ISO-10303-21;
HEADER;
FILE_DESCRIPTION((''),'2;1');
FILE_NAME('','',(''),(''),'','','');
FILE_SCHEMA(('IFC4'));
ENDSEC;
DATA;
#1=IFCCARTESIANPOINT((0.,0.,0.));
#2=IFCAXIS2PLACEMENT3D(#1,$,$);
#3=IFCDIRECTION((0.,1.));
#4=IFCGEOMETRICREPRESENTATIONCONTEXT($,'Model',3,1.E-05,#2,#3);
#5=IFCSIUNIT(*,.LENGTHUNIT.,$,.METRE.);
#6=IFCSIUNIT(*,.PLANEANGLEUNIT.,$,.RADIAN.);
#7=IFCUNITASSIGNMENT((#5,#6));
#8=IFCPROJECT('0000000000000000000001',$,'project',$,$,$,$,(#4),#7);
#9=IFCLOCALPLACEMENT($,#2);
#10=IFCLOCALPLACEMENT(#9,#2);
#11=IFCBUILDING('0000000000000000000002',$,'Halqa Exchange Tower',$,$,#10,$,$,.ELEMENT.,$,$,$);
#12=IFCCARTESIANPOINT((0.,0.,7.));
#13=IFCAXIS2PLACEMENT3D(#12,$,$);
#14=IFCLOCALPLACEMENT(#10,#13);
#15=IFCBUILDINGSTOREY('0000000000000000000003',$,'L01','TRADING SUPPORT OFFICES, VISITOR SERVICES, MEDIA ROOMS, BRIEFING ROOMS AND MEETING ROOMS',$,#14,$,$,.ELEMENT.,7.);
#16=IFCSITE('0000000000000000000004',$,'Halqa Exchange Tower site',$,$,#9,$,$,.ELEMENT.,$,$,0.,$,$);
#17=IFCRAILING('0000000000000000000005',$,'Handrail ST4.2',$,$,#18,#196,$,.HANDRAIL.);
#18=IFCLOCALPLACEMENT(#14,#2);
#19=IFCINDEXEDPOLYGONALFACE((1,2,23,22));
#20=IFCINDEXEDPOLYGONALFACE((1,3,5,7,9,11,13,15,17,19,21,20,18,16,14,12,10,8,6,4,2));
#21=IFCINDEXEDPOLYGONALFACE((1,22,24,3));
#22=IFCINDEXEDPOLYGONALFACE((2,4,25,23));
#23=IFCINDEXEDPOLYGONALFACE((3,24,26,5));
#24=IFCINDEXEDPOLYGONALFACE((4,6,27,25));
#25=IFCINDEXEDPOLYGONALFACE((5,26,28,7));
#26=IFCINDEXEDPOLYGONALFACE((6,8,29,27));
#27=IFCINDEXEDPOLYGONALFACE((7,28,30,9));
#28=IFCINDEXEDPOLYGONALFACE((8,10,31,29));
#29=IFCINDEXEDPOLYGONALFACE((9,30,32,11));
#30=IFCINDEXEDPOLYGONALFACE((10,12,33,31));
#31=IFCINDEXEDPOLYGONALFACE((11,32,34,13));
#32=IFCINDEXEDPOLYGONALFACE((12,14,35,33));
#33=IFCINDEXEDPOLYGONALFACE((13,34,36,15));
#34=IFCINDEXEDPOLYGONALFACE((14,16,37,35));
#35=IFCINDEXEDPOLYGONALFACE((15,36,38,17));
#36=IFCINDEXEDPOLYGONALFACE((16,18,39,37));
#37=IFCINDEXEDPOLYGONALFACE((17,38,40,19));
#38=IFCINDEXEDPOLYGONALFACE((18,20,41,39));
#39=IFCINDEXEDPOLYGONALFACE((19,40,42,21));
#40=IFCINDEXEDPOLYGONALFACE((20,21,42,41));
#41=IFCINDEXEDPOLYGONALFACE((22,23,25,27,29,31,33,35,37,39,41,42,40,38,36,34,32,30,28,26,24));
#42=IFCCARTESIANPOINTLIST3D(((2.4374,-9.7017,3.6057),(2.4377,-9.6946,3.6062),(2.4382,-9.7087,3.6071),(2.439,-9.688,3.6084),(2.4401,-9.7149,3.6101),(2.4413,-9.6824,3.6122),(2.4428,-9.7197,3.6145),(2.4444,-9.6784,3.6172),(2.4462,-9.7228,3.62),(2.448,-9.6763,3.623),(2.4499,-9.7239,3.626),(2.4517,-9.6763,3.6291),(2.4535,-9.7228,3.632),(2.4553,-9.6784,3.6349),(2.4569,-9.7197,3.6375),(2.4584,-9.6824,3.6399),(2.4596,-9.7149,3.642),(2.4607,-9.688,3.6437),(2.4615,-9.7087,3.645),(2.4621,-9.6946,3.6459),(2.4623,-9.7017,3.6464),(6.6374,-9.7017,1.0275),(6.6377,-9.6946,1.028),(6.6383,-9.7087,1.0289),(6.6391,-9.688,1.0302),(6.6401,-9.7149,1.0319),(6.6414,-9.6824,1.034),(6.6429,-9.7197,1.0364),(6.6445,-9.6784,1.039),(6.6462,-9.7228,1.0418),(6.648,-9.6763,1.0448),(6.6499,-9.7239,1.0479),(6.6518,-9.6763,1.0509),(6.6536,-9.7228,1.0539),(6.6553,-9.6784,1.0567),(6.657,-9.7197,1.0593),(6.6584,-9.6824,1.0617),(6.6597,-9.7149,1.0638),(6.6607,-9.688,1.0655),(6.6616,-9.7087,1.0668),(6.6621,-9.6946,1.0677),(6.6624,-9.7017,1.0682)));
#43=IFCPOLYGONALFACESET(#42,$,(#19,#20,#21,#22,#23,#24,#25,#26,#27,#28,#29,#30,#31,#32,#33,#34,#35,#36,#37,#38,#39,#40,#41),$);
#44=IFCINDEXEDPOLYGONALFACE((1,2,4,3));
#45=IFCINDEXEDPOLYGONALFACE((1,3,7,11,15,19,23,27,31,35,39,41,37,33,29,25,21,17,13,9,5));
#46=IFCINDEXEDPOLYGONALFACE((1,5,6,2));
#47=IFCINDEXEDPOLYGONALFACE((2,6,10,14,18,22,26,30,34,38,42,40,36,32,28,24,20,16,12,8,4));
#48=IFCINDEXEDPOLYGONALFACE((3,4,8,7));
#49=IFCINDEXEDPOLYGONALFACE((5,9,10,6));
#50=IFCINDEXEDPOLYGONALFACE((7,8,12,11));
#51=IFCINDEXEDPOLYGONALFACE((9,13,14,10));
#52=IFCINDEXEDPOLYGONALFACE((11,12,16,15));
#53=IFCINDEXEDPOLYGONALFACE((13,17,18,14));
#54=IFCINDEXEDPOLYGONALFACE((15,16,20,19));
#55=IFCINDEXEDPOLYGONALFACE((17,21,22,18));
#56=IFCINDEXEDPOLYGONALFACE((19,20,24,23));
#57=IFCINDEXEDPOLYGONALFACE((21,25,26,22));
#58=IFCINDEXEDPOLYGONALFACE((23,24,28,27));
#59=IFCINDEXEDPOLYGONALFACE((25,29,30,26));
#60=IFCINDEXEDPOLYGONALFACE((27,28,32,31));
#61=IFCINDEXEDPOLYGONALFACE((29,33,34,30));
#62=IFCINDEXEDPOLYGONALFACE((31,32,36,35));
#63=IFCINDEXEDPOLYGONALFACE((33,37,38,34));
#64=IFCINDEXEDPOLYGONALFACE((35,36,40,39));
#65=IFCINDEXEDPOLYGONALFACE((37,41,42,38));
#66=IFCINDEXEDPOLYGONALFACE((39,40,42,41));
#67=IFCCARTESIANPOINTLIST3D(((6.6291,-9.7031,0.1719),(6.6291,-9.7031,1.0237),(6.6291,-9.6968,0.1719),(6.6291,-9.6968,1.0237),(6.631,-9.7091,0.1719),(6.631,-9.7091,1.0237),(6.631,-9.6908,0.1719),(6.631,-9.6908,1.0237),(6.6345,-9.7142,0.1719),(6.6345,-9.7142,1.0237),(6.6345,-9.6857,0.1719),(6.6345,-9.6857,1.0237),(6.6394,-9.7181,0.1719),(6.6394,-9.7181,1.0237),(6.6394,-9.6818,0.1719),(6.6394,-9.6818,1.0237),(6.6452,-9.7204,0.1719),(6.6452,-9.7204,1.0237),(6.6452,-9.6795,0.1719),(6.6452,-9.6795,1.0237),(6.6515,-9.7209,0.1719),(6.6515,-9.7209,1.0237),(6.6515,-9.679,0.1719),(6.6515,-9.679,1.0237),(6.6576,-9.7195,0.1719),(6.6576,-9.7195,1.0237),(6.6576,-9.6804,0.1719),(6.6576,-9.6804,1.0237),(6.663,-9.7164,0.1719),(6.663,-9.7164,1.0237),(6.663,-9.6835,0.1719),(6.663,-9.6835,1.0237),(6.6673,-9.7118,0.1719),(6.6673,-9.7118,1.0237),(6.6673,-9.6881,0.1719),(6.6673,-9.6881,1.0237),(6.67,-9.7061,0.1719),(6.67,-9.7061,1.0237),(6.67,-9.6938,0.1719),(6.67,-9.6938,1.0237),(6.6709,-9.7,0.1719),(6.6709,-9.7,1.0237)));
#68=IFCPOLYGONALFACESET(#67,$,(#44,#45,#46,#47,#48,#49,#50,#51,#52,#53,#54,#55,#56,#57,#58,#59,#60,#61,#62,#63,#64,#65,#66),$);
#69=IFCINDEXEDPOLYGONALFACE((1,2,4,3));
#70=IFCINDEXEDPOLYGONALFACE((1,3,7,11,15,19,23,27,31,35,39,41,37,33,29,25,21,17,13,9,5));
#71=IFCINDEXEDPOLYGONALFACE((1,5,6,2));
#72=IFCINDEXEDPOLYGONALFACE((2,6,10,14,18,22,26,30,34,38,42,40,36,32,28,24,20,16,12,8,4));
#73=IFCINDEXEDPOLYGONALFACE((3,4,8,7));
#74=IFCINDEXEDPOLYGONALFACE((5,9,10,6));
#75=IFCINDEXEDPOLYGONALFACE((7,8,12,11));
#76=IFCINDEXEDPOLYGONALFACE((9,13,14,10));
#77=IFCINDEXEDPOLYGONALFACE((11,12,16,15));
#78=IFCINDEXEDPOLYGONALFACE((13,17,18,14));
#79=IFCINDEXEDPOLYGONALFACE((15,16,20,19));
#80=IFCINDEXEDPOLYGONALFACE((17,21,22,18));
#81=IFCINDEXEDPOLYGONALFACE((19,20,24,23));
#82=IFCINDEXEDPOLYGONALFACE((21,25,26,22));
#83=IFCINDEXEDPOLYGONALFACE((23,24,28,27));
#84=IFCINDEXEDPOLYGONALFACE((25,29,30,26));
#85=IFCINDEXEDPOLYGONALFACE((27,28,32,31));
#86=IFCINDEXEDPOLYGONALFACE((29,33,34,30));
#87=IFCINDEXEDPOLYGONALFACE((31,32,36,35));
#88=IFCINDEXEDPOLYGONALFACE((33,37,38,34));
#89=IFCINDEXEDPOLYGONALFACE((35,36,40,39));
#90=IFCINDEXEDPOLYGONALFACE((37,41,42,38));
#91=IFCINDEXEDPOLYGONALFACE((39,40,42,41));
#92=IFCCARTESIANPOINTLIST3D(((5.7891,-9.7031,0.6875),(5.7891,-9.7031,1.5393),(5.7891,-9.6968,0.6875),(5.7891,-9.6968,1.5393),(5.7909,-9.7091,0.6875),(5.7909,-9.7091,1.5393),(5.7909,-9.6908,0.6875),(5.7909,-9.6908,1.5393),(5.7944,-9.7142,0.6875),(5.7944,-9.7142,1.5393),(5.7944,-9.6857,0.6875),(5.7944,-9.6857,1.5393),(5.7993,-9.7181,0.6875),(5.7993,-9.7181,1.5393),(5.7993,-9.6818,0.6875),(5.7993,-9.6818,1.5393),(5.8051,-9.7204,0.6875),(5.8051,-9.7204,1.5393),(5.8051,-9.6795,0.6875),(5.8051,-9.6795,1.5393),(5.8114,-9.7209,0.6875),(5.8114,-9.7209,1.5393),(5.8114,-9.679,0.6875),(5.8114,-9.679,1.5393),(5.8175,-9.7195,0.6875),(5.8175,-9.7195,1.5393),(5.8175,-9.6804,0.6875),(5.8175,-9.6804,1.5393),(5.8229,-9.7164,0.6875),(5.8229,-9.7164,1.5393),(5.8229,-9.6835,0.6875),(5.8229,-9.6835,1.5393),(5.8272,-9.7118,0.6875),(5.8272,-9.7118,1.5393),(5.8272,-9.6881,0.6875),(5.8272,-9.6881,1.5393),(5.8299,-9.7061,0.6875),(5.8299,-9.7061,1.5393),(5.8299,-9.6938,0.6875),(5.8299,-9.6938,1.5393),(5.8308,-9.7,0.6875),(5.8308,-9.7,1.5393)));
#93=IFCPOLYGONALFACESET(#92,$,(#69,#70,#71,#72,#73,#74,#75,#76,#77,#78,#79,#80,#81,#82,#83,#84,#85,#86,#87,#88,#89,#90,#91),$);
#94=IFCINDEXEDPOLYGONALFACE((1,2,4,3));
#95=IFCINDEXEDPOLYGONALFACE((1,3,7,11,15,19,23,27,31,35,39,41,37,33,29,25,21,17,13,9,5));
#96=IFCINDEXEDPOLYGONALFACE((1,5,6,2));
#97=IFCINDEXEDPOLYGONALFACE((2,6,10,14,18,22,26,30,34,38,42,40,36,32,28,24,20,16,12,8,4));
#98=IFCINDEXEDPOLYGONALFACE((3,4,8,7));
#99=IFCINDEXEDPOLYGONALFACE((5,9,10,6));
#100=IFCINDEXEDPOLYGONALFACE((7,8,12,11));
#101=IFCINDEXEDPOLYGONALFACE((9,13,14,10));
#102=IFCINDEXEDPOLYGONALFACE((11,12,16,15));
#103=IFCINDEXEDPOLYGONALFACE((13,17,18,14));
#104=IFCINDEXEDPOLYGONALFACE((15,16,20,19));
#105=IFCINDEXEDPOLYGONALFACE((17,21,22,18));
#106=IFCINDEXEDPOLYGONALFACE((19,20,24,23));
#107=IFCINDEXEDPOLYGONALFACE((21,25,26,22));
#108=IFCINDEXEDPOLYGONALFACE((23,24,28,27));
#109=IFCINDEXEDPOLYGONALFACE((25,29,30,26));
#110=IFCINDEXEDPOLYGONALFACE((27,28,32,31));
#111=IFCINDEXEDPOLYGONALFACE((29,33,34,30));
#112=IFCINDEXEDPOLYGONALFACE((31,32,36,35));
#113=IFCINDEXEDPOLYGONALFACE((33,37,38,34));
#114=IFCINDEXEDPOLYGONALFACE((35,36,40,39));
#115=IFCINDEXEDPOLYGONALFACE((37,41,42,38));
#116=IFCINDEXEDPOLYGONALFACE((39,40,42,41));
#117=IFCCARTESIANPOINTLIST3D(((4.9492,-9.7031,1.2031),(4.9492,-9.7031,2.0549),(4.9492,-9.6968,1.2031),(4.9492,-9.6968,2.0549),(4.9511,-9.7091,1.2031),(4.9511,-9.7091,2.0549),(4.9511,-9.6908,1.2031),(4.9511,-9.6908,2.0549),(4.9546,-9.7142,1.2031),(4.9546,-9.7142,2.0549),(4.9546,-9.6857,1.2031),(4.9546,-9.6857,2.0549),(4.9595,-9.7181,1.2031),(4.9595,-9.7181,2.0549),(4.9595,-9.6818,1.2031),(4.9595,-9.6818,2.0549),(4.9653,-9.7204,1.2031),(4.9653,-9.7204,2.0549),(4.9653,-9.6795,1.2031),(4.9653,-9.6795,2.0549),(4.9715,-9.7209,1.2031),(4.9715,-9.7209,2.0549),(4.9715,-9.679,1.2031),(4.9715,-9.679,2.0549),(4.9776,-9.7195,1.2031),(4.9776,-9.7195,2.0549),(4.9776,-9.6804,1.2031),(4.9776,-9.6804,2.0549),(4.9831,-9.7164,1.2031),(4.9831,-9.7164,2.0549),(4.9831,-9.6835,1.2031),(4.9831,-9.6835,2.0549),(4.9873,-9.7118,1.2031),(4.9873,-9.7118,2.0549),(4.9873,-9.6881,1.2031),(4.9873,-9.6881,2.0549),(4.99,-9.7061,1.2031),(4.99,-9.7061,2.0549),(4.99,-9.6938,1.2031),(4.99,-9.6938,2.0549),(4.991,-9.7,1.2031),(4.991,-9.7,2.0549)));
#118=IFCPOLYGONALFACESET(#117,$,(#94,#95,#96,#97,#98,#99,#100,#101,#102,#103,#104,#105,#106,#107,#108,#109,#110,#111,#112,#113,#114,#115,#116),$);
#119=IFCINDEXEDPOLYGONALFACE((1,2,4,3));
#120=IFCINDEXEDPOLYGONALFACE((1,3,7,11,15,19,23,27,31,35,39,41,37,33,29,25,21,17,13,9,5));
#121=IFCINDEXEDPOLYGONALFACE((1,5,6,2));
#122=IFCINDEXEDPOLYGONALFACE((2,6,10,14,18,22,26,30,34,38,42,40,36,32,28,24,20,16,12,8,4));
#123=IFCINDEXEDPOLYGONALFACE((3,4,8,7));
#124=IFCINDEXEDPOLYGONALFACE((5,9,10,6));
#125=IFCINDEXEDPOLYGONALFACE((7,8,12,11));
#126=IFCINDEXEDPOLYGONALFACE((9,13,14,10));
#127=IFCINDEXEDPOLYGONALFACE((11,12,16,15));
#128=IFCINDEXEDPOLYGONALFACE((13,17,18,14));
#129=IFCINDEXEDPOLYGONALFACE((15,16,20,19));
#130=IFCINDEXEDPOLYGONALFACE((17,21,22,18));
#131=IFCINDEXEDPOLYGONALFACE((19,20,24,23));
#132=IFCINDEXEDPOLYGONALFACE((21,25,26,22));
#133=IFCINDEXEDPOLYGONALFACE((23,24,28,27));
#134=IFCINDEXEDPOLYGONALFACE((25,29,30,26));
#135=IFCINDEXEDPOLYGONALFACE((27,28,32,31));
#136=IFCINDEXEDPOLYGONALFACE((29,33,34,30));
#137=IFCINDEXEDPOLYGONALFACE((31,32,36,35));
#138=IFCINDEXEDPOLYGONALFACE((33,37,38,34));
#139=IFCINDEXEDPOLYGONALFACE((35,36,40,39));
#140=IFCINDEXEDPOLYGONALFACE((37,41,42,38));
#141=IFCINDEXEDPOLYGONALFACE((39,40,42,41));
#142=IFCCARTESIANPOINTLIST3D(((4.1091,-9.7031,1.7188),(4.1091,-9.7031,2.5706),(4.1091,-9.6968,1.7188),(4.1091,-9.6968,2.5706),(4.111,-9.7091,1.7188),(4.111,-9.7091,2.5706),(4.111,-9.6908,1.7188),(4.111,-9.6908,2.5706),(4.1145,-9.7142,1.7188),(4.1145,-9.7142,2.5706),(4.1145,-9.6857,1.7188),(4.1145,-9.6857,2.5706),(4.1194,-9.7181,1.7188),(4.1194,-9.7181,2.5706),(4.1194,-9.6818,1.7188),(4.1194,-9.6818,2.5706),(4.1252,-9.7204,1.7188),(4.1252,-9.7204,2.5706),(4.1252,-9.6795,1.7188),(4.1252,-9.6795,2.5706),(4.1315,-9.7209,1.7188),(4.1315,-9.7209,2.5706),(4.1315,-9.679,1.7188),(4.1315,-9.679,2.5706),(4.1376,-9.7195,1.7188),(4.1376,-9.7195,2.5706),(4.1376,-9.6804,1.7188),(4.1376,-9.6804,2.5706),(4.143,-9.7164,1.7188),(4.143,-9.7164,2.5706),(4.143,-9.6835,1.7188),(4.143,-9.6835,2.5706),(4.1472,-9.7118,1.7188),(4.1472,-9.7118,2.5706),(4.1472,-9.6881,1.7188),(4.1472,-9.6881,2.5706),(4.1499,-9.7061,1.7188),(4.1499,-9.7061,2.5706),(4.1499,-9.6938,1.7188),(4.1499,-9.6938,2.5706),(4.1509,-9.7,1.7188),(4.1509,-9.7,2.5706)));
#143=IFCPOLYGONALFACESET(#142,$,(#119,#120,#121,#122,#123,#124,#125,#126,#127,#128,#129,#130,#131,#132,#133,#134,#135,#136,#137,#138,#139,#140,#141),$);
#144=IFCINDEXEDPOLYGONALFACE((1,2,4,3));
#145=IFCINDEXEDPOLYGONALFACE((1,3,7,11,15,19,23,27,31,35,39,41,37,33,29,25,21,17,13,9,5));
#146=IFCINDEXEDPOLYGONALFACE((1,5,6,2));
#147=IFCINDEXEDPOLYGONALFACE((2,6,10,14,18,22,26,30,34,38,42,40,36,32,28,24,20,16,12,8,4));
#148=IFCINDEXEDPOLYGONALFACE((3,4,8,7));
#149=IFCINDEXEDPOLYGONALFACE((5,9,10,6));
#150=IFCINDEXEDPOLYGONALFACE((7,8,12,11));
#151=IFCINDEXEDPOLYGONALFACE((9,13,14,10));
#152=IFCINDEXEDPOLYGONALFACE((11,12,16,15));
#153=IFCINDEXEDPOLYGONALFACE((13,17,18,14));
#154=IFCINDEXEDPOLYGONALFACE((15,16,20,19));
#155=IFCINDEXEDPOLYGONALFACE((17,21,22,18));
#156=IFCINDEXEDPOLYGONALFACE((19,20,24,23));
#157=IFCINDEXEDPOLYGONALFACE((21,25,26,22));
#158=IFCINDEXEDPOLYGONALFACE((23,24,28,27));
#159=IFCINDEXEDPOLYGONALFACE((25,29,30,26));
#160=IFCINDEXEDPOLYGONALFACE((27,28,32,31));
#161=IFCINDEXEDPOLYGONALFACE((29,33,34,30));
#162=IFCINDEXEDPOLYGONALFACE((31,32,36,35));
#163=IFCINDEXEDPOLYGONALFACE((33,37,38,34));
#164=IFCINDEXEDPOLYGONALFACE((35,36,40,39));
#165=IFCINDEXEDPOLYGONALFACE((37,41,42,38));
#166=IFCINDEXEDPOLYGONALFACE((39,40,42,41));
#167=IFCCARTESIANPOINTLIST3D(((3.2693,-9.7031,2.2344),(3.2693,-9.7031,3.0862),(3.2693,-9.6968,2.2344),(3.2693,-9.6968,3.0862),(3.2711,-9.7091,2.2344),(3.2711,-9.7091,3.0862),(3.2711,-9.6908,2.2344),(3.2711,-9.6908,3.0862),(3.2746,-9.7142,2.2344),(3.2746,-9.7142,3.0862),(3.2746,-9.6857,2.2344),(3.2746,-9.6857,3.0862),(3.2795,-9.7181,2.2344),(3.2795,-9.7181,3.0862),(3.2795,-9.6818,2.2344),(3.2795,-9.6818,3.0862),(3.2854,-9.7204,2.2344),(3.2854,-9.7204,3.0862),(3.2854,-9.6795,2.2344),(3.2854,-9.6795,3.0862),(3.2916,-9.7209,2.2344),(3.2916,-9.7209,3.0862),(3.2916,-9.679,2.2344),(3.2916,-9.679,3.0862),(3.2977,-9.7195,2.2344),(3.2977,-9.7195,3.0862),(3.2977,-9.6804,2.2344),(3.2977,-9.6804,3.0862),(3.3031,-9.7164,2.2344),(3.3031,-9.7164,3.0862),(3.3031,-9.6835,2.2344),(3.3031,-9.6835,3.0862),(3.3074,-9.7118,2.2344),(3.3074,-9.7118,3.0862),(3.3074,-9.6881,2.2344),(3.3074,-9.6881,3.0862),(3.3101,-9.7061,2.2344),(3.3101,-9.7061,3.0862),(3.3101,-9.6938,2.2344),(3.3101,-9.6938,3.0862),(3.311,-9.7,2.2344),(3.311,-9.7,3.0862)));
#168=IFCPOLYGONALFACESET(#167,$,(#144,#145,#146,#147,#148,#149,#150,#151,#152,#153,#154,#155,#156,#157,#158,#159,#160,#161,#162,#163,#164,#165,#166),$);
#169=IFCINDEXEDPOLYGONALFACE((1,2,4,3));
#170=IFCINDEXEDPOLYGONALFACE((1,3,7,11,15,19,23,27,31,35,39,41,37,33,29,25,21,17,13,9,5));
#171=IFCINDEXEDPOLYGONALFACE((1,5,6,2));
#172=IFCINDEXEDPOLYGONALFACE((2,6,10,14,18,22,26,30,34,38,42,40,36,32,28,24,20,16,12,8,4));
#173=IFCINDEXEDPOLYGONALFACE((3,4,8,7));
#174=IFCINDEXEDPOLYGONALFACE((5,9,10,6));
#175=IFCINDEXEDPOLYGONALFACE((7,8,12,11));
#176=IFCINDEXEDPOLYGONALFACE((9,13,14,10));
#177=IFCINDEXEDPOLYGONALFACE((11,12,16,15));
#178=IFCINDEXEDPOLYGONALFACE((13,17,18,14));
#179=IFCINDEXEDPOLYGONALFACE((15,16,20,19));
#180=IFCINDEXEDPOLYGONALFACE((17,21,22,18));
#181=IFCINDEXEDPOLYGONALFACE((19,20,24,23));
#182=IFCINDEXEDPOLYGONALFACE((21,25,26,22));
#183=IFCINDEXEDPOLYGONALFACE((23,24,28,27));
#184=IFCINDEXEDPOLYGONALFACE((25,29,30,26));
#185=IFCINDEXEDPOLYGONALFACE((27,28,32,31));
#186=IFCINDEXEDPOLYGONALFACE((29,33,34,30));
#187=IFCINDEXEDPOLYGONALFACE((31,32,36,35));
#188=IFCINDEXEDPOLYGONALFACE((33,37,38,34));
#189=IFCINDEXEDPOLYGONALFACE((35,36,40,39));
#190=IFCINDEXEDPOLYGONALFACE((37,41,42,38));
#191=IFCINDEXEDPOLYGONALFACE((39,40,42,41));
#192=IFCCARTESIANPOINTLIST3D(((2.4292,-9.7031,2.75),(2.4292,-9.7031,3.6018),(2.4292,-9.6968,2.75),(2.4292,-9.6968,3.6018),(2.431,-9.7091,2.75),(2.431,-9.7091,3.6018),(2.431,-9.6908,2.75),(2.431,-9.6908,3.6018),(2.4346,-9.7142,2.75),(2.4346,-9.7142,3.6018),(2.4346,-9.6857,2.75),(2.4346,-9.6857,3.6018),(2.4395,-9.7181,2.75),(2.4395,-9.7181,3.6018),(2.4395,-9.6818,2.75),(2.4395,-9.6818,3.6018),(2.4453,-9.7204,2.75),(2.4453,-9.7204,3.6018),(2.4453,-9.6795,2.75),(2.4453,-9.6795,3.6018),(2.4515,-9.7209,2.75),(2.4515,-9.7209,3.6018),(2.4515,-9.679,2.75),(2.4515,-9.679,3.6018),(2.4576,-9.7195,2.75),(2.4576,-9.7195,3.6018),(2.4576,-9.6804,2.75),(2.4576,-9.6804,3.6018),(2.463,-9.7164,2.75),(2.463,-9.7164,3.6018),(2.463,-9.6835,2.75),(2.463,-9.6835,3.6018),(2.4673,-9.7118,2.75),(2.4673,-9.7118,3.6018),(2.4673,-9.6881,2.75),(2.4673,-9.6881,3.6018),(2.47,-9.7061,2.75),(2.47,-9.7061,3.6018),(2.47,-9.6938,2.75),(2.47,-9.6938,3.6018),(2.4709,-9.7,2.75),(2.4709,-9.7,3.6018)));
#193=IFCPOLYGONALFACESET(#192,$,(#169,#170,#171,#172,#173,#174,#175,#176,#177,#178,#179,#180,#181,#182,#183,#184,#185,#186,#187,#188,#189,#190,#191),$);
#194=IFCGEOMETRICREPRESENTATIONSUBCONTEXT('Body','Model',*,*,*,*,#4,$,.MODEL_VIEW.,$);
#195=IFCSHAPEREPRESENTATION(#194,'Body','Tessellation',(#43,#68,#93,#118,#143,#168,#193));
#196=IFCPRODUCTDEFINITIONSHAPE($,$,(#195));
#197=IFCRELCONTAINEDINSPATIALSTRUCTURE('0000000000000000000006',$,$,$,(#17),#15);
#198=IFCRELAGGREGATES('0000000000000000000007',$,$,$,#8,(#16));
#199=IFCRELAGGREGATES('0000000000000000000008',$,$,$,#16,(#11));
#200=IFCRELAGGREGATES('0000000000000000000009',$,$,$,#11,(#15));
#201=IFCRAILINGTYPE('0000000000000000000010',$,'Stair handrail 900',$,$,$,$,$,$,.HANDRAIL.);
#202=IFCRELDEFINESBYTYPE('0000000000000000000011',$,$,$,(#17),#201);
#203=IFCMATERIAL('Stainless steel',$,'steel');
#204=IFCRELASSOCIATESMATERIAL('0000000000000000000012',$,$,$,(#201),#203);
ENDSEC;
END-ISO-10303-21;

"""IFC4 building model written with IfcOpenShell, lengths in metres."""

from ifc_helpers import new_model, si_unit, direction, frame, origin, origin_2d, place, context, subcontext, project, spatial, circle, extrude, material, type_object, element, save


model = new_model("IFC4")

# Units and contexts
model_context = context("Model", 3, precision=1e-05, world=origin(), true_north=direction((0.0, 1.0)))
body_context = subcontext(model_context, "Body", "Model", "MODEL_VIEW")
ifc_project = project(units=[si_unit("LENGTHUNIT", "METRE"), si_unit("PLANEANGLEUNIT", "RADIAN")], contexts=[model_context])

# Site, building, storey
site_placement = place(None, origin())
site = spatial("IfcSite", under=ifc_project, at=site_placement, Name="Halqa Exchange Tower site", CompositionType="ELEMENT", RefElevation=0.0)
building_placement = place(site_placement, origin())
building = spatial("IfcBuilding", under=site, at=building_placement, Name="Halqa Exchange Tower", CompositionType="ELEMENT")
storey_placement = place(building_placement, frame((0.0, 0.0, 7.0)))
storey = spatial("IfcBuildingStorey", under=building, at=storey_placement, Name="L01", Description="TRADING SUPPORT OFFICES, VISITOR SERVICES, MEDIA ROOMS, BRIEFING ROOMS AND MEETING ROOMS", CompositionType="ELEMENT", Elevation=7.0)

# Railing
ifc_material_1 = material(Name="Stainless steel", Category="steel")
railing_type_1 = type_object("IfcRailingType", Name="Stair handrail 900", PredefinedType="HANDRAIL", material=ifc_material_1)
railing_1_placement = place(storey_placement, frame((6.6499, -9.7, 0.1719)))
element("IfcRailing", 1, at=railing_1_placement, inside=storey, type_object=railing_type_1, Name="Handrail ST4.2", PredefinedType="HANDRAIL", context=body_context, shape_type="SweptSolid", body=[
    extrude(circle(Radius=0.0239, at=origin_2d()), frame((0.0, 0.0, 0.876), z_axis=(-0.852243, 0.0, 0.523146), x_axis=(0.0, -1.0, 0.0)), (0.0, 0.0, 1.0), 4.9282),
    extrude(circle(Radius=0.021, at=origin_2d()), origin(), (0.0, 0.0, 1.0), 0.8518),
    extrude(circle(Radius=0.021, at=origin_2d()), frame((-0.8401, 0.0, 0.5156)), (0.0, 0.0, 1.0), 0.8518),
    extrude(circle(Radius=0.021, at=origin_2d()), frame((-1.6799, 0.0, 1.0312)), (0.0, 0.0, 1.0), 0.8518),
    extrude(circle(Radius=0.021, at=origin_2d()), frame((-2.52, 0.0, 1.5469)), (0.0, 0.0, 1.0), 0.8518),
    extrude(circle(Radius=0.021, at=origin_2d()), frame((-3.3599, 0.0, 2.0625)), (0.0, 0.0, 1.0), 0.8518),
    extrude(circle(Radius=0.021, at=origin_2d()), frame((-4.2, 0.0, 2.5781)), (0.0, 0.0, 1.0), 0.8518),
])

save(model, "model.ifc")
